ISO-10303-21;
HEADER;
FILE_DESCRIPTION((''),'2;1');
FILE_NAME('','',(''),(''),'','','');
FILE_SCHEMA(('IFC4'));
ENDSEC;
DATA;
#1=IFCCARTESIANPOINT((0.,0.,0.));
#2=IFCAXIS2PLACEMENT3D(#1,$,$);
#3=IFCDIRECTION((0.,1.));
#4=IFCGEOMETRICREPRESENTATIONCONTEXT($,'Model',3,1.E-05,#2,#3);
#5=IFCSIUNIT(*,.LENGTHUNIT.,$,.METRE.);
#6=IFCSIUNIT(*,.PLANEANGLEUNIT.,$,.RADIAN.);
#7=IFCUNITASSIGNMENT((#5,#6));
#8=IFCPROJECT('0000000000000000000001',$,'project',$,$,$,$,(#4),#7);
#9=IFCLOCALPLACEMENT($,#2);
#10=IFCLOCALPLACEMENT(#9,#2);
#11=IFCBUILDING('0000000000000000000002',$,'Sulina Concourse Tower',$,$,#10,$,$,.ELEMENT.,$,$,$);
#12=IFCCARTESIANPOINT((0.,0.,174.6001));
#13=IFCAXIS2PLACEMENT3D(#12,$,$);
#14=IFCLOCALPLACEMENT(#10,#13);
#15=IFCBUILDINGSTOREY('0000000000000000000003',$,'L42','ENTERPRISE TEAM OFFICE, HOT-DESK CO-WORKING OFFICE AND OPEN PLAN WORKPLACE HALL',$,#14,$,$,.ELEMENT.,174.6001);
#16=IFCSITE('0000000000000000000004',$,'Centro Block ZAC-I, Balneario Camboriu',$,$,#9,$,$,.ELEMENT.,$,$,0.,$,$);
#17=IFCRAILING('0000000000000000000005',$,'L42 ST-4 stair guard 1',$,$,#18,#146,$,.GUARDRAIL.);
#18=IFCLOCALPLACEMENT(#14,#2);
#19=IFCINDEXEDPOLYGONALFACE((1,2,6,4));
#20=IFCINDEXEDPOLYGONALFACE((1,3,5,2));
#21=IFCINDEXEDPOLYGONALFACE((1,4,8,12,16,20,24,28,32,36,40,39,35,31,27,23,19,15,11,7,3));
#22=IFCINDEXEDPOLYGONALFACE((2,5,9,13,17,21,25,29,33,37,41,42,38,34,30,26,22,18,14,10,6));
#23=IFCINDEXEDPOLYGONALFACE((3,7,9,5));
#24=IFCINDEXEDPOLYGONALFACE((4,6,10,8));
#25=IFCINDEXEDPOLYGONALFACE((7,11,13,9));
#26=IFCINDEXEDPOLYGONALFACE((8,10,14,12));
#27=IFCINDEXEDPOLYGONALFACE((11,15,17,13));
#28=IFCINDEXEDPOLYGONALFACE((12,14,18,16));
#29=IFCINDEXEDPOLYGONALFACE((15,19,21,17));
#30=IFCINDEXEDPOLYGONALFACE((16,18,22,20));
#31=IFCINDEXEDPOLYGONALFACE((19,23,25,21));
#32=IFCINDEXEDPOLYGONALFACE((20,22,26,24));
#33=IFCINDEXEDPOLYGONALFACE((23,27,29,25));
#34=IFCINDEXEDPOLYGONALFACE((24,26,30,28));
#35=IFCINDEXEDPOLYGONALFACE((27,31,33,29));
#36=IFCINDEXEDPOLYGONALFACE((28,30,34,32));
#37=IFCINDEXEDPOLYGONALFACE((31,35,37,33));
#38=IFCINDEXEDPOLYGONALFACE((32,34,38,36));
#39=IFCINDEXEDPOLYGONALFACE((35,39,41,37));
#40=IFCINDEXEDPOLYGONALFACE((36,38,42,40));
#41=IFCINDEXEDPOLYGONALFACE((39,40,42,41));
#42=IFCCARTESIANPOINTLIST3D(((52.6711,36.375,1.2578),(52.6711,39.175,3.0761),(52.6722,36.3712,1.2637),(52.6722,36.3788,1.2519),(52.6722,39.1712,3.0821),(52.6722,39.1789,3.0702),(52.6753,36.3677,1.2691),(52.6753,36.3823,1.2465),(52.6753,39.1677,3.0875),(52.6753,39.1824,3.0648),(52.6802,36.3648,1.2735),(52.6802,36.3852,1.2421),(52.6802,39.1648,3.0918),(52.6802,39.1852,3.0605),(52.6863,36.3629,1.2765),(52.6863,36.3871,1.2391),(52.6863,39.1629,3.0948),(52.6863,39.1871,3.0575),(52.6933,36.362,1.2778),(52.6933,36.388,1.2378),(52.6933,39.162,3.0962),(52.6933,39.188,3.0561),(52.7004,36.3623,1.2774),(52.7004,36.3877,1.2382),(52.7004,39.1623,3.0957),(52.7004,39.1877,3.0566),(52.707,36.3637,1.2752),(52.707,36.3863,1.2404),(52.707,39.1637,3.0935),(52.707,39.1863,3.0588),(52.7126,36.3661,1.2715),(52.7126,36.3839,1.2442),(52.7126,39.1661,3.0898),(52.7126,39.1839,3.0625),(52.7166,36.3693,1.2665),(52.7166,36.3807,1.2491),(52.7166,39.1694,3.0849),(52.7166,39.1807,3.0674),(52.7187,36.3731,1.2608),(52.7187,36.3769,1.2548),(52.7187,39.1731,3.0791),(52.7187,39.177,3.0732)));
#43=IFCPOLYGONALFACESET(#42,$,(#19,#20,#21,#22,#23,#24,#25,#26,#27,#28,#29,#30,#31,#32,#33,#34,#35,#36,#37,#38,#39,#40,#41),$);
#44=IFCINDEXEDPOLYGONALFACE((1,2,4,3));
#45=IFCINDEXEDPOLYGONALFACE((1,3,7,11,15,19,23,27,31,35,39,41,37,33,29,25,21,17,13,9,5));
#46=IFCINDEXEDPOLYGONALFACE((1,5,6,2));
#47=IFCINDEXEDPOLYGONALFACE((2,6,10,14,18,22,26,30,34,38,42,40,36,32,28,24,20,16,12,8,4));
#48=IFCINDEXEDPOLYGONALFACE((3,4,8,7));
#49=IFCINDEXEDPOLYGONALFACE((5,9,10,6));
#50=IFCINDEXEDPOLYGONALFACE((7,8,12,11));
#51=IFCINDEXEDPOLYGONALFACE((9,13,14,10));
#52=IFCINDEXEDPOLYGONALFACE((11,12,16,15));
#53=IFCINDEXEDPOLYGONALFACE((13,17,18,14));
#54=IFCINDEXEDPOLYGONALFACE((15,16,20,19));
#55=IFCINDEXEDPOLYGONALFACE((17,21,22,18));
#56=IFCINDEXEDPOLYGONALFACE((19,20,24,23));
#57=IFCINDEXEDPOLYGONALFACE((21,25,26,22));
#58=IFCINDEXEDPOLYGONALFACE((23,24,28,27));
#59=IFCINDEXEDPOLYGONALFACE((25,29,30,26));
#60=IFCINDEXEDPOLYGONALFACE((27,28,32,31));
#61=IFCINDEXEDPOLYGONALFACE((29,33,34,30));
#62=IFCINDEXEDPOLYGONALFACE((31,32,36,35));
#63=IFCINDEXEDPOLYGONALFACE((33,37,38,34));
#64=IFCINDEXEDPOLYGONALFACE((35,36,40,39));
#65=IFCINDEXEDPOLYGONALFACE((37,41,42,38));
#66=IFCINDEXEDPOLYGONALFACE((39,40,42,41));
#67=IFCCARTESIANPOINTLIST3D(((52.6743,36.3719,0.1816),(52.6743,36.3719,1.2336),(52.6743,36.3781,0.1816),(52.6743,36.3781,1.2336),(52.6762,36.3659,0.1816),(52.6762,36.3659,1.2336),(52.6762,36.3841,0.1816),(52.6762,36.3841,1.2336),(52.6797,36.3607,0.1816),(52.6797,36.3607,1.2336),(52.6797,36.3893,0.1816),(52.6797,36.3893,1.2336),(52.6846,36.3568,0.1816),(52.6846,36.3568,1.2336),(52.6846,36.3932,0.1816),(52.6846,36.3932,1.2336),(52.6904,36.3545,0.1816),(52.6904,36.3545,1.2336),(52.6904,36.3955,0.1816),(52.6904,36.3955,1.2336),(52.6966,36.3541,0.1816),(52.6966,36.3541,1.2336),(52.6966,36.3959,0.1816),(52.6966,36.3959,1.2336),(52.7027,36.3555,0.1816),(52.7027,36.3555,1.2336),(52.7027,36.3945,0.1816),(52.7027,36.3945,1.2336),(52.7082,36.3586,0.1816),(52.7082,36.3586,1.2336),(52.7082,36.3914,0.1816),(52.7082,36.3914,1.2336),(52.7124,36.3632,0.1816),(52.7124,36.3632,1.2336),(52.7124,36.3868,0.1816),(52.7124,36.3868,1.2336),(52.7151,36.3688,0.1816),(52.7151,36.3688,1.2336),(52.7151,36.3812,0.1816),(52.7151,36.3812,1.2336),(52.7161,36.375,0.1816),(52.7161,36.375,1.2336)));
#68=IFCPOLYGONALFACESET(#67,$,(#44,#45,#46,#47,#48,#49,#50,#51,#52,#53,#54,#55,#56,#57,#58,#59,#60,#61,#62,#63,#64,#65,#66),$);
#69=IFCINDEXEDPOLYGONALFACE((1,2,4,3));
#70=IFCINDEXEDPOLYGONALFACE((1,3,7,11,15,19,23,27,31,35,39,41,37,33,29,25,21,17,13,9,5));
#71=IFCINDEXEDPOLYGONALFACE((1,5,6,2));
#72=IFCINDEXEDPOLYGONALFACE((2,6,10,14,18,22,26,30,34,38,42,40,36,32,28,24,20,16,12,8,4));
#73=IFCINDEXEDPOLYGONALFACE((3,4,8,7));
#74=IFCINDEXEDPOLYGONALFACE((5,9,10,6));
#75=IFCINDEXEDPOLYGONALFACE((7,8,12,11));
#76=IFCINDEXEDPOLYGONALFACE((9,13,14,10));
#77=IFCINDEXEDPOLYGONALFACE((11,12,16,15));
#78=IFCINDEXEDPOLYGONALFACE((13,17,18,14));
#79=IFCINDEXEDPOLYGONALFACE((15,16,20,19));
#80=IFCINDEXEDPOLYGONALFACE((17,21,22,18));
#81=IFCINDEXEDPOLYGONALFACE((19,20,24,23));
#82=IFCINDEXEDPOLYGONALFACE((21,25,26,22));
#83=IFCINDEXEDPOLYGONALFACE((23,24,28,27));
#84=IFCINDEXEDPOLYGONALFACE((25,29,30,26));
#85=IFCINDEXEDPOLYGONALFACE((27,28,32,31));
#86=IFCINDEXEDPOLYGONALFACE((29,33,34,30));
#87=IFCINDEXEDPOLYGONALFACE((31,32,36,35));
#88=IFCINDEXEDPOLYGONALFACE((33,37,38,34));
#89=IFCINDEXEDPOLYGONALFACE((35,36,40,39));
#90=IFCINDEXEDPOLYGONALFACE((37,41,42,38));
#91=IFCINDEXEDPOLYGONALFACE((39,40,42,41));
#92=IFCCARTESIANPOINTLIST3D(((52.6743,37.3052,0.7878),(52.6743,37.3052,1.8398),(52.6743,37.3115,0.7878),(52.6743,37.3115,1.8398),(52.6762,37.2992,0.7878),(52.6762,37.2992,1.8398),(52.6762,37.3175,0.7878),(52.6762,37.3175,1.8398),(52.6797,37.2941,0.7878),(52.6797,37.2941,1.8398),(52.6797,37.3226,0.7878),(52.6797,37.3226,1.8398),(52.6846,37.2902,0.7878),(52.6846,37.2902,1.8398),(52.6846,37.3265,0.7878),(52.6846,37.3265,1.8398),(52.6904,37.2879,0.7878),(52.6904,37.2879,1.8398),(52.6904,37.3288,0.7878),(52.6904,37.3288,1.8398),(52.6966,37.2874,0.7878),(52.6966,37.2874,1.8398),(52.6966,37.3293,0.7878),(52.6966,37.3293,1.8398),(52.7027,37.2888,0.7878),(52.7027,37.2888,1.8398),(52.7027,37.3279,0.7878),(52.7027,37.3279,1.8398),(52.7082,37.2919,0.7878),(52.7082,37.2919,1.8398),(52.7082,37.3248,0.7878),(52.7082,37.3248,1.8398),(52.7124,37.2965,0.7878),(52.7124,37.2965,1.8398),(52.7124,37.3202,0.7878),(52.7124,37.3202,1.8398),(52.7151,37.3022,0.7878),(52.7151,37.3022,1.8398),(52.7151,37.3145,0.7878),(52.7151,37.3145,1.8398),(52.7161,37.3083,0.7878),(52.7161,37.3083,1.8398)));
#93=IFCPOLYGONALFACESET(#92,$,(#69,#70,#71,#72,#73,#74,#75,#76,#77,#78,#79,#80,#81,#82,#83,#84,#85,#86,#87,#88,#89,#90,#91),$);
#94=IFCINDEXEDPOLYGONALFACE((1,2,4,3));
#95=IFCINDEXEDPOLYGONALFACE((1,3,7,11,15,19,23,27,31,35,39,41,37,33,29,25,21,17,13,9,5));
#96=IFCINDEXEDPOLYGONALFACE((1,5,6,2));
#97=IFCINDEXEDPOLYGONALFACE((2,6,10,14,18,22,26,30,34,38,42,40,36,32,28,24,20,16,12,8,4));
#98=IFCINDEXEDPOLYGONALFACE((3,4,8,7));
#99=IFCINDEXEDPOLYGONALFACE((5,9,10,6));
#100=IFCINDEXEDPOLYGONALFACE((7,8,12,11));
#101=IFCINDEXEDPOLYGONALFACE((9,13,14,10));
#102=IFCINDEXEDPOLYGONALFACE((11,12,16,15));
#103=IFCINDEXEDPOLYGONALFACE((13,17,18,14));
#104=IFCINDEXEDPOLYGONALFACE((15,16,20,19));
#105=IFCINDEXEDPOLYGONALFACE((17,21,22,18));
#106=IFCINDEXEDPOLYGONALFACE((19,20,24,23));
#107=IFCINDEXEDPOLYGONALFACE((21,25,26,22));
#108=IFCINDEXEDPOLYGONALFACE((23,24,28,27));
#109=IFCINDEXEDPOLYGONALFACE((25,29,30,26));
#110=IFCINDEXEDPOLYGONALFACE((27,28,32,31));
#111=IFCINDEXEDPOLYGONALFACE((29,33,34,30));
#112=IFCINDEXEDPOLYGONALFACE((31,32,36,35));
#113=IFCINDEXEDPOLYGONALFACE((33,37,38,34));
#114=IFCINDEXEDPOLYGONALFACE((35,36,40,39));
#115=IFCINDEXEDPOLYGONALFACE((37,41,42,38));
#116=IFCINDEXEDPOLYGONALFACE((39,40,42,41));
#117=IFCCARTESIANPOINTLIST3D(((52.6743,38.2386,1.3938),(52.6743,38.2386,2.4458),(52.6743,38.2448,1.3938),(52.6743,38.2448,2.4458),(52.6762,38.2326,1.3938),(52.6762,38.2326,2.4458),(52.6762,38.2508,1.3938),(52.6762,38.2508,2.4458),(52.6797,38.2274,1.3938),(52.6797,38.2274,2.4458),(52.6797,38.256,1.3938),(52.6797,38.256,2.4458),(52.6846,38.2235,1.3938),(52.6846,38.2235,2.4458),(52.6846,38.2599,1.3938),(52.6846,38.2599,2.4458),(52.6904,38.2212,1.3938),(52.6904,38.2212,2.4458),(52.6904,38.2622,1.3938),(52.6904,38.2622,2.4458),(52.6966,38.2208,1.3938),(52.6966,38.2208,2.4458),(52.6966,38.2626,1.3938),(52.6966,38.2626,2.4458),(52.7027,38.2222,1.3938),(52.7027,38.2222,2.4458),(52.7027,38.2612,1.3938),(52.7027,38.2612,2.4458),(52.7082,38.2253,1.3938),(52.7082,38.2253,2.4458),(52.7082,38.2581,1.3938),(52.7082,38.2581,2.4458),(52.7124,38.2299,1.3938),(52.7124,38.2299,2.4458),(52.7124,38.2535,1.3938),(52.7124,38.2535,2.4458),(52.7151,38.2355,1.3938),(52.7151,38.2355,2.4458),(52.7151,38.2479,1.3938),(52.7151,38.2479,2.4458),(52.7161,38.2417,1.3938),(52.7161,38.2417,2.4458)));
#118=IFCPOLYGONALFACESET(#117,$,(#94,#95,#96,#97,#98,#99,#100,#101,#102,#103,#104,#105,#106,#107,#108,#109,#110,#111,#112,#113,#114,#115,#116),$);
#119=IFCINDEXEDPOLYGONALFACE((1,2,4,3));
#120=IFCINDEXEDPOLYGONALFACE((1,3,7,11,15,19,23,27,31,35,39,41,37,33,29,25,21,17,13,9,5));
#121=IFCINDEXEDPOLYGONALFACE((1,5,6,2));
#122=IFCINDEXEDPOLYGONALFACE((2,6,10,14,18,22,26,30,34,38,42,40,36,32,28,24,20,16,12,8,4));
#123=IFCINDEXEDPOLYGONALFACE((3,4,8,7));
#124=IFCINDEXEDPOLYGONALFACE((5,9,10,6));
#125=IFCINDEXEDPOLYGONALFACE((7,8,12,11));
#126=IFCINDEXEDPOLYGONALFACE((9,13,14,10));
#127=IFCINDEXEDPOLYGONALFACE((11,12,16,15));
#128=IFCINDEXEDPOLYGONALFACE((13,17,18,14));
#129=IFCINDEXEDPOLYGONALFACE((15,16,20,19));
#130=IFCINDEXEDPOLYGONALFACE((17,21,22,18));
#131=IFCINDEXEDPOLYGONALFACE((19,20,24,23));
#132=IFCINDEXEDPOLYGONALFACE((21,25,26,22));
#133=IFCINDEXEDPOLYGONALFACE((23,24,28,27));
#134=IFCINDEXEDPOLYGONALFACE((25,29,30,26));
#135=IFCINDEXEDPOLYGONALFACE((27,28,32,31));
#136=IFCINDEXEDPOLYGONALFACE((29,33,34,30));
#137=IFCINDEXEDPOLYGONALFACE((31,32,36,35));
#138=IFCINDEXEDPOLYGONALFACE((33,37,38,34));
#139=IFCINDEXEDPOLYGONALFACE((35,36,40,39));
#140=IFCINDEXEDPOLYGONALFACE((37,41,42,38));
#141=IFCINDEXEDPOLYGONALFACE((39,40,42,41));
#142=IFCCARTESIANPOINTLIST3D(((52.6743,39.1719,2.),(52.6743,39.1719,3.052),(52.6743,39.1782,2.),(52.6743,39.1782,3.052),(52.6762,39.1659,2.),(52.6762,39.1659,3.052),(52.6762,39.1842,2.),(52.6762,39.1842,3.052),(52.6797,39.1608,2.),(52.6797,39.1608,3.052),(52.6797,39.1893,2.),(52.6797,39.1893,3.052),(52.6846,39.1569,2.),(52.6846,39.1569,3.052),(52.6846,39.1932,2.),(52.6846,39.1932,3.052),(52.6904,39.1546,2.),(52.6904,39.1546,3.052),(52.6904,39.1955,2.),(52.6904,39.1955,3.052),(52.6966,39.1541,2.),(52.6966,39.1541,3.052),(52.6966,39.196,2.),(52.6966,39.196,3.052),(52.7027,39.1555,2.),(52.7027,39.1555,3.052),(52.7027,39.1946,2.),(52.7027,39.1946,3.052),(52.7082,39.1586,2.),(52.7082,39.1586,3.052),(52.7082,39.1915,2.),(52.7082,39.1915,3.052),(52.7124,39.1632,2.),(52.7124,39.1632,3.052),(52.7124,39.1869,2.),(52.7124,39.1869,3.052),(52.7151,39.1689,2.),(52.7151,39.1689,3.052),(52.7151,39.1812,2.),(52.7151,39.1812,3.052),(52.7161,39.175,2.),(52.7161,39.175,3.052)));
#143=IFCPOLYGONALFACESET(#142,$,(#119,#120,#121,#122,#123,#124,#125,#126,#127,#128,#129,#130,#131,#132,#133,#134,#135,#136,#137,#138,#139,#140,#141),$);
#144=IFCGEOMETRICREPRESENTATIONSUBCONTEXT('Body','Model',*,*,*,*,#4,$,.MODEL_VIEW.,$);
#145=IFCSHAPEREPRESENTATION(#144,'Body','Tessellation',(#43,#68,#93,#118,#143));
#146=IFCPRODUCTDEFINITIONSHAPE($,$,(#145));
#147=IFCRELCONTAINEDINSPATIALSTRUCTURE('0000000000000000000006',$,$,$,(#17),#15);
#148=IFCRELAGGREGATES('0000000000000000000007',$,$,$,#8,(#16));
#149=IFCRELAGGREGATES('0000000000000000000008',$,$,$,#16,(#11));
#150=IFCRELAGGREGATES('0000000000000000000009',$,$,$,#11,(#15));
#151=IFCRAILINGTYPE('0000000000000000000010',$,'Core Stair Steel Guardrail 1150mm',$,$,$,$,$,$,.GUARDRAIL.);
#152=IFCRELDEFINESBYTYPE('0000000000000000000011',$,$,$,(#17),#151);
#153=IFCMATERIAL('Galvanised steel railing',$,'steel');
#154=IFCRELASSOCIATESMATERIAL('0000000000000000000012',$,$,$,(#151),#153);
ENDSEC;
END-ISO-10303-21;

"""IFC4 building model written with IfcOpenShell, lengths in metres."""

from ifc_helpers import new_model, si_unit, direction, frame, origin, origin_2d, place, context, subcontext, project, spatial, circle, extrude, material, type_object, element, save


model = new_model("IFC4")

# Units and contexts
model_context = context("Model", 3, precision=1e-05, world=origin(), true_north=direction((0.0, 1.0)))
body_context = subcontext(model_context, "Body", "Model", "MODEL_VIEW")
ifc_project = project(units=[si_unit("LENGTHUNIT", "METRE"), si_unit("PLANEANGLEUNIT", "RADIAN")], contexts=[model_context])

# Site, building, storey
site_placement = place(None, origin())
site = spatial("IfcSite", under=ifc_project, at=site_placement, Name="Centro Block ZAC-I, Balneario Camboriu", CompositionType="ELEMENT", RefElevation=0.0)
building_placement = place(site_placement, origin())
building = spatial("IfcBuilding", under=site, at=building_placement, Name="Sulina Concourse Tower", CompositionType="ELEMENT")
storey_placement = place(building_placement, frame((0.0, 0.0, 174.6001)))
storey = spatial("IfcBuildingStorey", under=building, at=storey_placement, Name="L42", Description="ENTERPRISE TEAM OFFICE, HOT-DESK CO-WORKING OFFICE AND OPEN PLAN WORKPLACE HALL", CompositionType="ELEMENT", Elevation=174.6001)

# Railing
ifc_material_1 = material(Name="Galvanised steel railing", Category="steel")
railing_type_1 = type_object("IfcRailingType", Name="Core Stair Steel Guardrail 1150mm", PredefinedType="GUARDRAIL", material=ifc_material_1)
railing_1_placement = place(storey_placement, frame((52.6951, 36.375, 0.1816)))
element("IfcRailing", 1, at=railing_1_placement, inside=storey, type_object=railing_type_1, Name="L42 ST-4 stair guard 1", PredefinedType="GUARDRAIL", context=body_context, shape_type="SweptSolid", body=[
    extrude(circle(Radius=0.0239, at=origin_2d()), frame((0.0, 0.0, 1.0762), z_axis=(0.0, 0.838672, 0.544636), x_axis=(-1.0, 0.0, 0.0)), (0.0, 0.0, 1.0), 3.3386),
    extrude(circle(Radius=0.021, at=origin_2d()), origin(), (0.0, 0.0, 1.0), 1.052),
    extrude(circle(Radius=0.021, at=origin_2d()), frame((0.0, 0.9333, 0.6062)), (0.0, 0.0, 1.0), 1.052),
    extrude(circle(Radius=0.021, at=origin_2d()), frame((0.0, 1.8667, 1.2122)), (0.0, 0.0, 1.0), 1.052),
    extrude(circle(Radius=0.021, at=origin_2d()), frame((0.0, 2.8, 1.8184)), (0.0, 0.0, 1.0), 1.052),
])

save(model, "model.ifc")
